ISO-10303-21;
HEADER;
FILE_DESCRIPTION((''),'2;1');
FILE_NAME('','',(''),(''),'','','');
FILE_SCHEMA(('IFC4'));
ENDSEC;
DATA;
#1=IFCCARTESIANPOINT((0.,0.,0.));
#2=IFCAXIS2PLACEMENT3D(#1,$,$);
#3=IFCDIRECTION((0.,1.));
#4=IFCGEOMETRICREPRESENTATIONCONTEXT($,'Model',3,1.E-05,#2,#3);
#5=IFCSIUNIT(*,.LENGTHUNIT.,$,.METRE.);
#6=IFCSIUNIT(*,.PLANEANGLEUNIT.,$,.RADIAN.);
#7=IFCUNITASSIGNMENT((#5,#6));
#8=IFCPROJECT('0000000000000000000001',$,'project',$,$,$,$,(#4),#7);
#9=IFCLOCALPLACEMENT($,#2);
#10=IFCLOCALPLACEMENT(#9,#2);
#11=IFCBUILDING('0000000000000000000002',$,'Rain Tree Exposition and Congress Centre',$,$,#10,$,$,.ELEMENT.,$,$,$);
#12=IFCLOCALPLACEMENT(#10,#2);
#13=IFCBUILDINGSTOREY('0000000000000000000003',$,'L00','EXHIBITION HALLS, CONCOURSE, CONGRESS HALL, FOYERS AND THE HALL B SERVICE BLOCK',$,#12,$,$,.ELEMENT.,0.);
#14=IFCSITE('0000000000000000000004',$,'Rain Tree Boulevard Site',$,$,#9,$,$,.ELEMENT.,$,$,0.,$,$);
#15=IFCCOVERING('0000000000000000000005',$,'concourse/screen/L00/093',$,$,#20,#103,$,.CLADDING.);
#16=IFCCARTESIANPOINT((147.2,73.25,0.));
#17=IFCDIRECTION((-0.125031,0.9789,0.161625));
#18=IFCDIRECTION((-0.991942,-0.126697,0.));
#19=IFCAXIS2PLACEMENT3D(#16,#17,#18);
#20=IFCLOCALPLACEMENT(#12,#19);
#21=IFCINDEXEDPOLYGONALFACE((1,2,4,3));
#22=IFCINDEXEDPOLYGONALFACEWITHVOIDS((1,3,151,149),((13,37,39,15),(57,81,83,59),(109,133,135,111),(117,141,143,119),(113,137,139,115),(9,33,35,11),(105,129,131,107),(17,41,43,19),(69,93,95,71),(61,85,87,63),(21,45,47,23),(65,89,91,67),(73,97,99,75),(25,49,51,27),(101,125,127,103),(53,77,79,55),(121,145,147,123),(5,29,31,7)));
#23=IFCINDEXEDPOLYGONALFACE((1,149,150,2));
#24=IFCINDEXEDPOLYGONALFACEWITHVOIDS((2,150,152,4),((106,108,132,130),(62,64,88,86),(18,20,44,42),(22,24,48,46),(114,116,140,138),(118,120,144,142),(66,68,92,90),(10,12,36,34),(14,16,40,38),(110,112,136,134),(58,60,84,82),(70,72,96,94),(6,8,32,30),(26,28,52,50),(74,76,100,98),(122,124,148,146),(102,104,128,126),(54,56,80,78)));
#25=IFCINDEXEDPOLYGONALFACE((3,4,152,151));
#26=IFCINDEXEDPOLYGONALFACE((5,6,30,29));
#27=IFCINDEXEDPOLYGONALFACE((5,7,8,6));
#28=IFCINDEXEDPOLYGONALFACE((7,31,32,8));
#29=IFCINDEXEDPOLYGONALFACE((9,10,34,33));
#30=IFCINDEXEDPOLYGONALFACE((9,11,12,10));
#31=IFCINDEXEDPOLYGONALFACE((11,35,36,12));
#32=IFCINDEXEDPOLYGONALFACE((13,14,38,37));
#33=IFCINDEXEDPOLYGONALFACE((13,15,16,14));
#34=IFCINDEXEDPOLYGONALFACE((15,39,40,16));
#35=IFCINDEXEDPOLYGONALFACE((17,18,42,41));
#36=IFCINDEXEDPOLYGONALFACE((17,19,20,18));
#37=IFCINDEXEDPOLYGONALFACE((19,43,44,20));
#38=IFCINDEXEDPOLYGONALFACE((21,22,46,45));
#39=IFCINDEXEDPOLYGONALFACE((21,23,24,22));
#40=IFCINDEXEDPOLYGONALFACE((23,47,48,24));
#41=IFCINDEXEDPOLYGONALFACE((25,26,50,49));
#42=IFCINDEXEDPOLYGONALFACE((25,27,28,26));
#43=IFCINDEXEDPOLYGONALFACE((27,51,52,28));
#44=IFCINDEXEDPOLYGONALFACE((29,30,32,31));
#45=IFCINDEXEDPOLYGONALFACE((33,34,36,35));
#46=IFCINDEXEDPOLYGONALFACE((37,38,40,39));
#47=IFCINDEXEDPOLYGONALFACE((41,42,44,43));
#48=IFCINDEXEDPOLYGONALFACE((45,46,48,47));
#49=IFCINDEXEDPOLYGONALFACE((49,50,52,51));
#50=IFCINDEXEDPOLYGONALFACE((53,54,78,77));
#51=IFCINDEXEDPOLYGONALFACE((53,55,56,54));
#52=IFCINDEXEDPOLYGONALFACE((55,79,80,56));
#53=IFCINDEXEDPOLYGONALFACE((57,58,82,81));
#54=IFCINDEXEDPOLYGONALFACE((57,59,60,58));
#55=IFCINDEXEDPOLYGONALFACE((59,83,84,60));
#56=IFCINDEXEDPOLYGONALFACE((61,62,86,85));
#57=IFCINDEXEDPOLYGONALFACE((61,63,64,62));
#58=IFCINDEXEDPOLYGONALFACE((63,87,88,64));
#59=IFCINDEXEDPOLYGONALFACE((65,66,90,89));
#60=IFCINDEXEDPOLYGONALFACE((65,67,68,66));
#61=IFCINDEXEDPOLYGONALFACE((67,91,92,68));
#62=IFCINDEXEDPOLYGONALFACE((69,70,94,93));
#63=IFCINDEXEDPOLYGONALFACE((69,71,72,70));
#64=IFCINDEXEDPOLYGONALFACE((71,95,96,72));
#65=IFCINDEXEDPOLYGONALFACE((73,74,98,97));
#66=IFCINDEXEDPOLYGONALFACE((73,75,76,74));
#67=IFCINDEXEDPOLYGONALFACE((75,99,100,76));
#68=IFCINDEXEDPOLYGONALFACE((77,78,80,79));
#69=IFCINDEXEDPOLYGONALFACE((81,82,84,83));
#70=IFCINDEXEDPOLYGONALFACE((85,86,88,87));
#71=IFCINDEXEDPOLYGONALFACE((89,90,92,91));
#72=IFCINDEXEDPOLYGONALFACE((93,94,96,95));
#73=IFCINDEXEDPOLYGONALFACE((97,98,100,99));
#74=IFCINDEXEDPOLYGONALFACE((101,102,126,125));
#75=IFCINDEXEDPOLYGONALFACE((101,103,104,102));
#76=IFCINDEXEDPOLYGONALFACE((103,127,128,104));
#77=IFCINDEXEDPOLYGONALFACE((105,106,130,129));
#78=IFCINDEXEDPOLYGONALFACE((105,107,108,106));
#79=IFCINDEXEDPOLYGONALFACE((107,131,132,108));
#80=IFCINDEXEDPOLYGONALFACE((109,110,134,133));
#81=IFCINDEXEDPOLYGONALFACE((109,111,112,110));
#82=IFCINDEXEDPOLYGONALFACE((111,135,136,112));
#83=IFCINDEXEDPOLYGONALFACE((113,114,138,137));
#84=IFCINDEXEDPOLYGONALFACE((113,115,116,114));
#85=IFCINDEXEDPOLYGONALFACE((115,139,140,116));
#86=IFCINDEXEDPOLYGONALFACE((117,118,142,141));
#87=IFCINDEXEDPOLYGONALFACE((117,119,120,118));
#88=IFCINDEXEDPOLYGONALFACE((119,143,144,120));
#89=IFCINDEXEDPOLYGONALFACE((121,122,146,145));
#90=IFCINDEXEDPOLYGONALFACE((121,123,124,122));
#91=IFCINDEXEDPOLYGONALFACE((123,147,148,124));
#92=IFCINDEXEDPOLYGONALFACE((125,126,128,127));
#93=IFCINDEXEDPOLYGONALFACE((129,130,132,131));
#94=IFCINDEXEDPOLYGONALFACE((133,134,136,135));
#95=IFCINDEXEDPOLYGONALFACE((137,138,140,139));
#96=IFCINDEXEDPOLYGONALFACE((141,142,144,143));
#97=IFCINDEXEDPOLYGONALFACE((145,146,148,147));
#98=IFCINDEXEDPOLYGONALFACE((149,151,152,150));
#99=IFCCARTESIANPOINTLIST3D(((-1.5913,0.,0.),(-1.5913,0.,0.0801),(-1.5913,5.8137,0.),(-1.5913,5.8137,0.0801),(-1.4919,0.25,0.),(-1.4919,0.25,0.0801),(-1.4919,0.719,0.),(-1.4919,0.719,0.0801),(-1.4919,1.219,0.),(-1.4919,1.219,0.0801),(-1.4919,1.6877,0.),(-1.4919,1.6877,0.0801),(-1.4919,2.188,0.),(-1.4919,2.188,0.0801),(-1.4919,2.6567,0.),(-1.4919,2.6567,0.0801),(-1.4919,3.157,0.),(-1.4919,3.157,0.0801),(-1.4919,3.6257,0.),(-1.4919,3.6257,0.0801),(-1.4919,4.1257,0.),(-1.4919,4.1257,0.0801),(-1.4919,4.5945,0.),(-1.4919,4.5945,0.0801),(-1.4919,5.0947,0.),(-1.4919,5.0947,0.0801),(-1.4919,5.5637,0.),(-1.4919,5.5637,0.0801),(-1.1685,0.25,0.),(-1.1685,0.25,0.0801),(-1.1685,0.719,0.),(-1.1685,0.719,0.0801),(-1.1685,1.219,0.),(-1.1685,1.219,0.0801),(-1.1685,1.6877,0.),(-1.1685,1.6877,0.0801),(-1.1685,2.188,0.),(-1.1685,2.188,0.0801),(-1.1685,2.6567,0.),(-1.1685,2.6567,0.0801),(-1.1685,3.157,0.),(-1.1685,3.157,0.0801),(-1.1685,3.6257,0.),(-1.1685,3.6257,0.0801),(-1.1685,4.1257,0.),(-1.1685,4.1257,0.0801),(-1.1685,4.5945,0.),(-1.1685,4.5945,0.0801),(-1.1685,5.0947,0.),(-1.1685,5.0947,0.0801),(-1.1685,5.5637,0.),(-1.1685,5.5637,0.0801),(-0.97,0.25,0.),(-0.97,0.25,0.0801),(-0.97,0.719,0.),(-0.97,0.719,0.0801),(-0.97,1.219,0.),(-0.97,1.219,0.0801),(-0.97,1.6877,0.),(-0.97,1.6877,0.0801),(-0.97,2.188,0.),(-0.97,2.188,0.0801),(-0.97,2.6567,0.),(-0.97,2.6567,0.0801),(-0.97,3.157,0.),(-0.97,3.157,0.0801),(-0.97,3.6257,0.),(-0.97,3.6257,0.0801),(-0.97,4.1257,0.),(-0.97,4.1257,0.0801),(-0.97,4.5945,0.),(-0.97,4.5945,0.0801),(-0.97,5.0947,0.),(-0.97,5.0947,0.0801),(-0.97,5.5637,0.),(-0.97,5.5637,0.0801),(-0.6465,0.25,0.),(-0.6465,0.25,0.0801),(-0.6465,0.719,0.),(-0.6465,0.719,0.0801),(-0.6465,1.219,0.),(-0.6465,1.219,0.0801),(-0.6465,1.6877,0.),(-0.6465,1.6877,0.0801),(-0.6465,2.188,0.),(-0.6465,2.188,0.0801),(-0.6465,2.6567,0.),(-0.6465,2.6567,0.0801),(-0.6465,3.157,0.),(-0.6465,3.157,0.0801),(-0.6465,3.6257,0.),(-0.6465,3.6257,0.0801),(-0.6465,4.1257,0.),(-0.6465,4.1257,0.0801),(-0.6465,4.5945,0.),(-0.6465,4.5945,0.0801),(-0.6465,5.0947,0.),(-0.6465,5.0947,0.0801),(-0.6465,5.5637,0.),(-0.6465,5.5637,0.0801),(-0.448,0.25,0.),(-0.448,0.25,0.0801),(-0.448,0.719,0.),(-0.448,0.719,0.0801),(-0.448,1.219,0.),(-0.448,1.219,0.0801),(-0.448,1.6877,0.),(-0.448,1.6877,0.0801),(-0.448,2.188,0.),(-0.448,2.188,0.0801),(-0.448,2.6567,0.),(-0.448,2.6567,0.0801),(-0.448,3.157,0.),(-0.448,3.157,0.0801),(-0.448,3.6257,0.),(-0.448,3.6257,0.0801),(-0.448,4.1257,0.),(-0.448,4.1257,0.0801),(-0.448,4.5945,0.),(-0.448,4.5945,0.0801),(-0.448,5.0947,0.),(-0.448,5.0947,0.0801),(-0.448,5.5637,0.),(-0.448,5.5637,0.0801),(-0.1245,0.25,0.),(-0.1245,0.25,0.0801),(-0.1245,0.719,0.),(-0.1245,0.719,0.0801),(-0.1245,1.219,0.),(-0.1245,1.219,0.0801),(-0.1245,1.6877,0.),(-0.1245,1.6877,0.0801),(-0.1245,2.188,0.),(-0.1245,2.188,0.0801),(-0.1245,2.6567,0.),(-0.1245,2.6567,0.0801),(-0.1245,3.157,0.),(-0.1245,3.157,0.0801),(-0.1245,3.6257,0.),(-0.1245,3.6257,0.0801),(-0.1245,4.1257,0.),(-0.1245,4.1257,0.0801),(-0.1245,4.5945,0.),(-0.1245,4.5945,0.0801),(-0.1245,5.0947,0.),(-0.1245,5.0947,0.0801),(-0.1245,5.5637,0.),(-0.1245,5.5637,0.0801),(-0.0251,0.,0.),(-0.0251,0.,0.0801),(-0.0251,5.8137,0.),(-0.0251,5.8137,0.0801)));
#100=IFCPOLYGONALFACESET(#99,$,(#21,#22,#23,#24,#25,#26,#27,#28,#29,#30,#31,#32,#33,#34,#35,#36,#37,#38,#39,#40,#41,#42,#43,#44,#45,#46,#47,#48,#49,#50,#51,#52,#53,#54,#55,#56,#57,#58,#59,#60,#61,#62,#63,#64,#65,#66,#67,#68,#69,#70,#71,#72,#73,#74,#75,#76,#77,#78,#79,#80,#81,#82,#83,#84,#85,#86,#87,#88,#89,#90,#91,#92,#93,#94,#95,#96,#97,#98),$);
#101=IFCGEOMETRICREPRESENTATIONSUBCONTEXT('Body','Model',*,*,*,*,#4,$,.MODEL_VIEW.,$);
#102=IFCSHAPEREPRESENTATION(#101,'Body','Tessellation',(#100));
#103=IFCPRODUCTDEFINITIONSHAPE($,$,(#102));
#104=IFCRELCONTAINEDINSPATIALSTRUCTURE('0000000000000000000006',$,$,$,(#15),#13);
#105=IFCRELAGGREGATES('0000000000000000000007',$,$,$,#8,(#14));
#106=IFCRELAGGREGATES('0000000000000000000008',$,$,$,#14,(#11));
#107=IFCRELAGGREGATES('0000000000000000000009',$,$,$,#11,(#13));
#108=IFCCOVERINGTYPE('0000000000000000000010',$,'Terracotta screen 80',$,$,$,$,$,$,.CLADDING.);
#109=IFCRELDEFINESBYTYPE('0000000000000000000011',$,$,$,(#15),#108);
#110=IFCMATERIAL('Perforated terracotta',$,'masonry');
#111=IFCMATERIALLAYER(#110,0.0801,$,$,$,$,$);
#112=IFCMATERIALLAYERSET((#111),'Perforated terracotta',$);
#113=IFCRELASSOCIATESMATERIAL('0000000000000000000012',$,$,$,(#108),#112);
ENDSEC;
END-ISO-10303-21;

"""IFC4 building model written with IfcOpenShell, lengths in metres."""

from ifc_helpers import new_model, si_unit, direction, frame, origin, place, context, subcontext, project, spatial, polyline, outline, extrude, material, layer, layer_set, type_object, element, save


model = new_model("IFC4")

# Units and contexts
model_context = context("Model", 3, precision=1e-05, world=origin(), true_north=direction((0.0, 1.0)))
body_context = subcontext(model_context, "Body", "Model", "MODEL_VIEW")
ifc_project = project(units=[si_unit("LENGTHUNIT", "METRE"), si_unit("PLANEANGLEUNIT", "RADIAN")], contexts=[model_context])

# Site, building, storey
site_placement = place(None, origin())
site = spatial("IfcSite", under=ifc_project, at=site_placement, Name="Rain Tree Boulevard Site", CompositionType="ELEMENT", RefElevation=0.0)
building_placement = place(site_placement, origin())
building = spatial("IfcBuilding", under=site, at=building_placement, Name="Rain Tree Exposition and Congress Centre", CompositionType="ELEMENT")
storey_placement = place(building_placement, origin())
storey = spatial("IfcBuildingStorey", under=building, at=storey_placement, Name="L00", Description="EXHIBITION HALLS, CONCOURSE, CONGRESS HALL, FOYERS AND THE HALL B SERVICE BLOCK", CompositionType="ELEMENT", Elevation=0.0)

# Covering
ifc_material_1 = material(Name="Perforated terracotta", Category="masonry")
ifc_layer_1 = layer(ifc_material_1, 0.0801)
ifc_layer_set_1 = layer_set([ifc_layer_1], Name="Perforated terracotta")
covering_type = type_object("IfcCoveringType", Name="Terracotta screen 80", PredefinedType="CLADDING", material=ifc_layer_set_1)
covering_1_placement = place(storey_placement, frame((147.2, 73.25, 0.0), z_axis=(-0.125031, 0.9789, 0.161625), x_axis=(-0.991942, -0.126697, 0.0)))
element("IfcCovering", 1, at=covering_1_placement, inside=storey, type_object=covering_type, Name="concourse/screen/L00/093", PredefinedType="CLADDING", context=body_context, shape_type="SweptSolid", body=[
    extrude(outline(polyline([(-0.0251, 0.0), (-1.5913, 0.0), (-1.5913, 5.8137), (-0.0251, 5.8137), (-0.0251, 0.0)]), holes=[polyline([(-0.1245, 0.25), (-0.1245, 0.719), (-0.448, 0.719), (-0.448, 0.25), (-0.1245, 0.25)]), polyline([(-0.1245, 1.219), (-0.1245, 1.6877), (-0.448, 1.6877), (-0.448, 1.219), (-0.1245, 1.219)]), polyline([(-0.1245, 2.188), (-0.1245, 2.6567), (-0.448, 2.6567), (-0.448, 2.188), (-0.1245, 2.188)]), polyline([(-0.1245, 3.157), (-0.1245, 3.6257), (-0.448, 3.6257), (-0.448, 3.157), (-0.1245, 3.157)]), polyline([(-0.1245, 4.1257), (-0.1245, 4.5945), (-0.448, 4.5945), (-0.448, 4.1257), (-0.1245, 4.1257)]), polyline([(-0.1245, 5.0947), (-0.1245, 5.5637), (-0.448, 5.5637), (-0.448, 5.0947), (-0.1245, 5.0947)]), polyline([(-0.6465, 0.25), (-0.6465, 0.719), (-0.97, 0.719), (-0.97, 0.25), (-0.6465, 0.25)]), polyline([(-0.6465, 1.219), (-0.6465, 1.6877), (-0.97, 1.6877), (-0.97, 1.219), (-0.6465, 1.219)]), polyline([(-0.6465, 2.188), (-0.6465, 2.6567), (-0.97, 2.6567), (-0.97, 2.188), (-0.6465, 2.188)]), polyline([(-0.6465, 3.157), (-0.6465, 3.6257), (-0.97, 3.6257), (-0.97, 3.157), (-0.6465, 3.157)]), polyline([(-0.6465, 4.1257), (-0.6465, 4.5945), (-0.97, 4.5945), (-0.97, 4.1257), (-0.6465, 4.1257)]), polyline([(-0.6465, 5.0947), (-0.6465, 5.5637), (-0.97, 5.5637), (-0.97, 5.0947), (-0.6465, 5.0947)]), polyline([(-1.1685, 0.25), (-1.1685, 0.719), (-1.4919, 0.719), (-1.4919, 0.25), (-1.1685, 0.25)]), polyline([(-1.1685, 1.219), (-1.1685, 1.6877), (-1.4919, 1.6877), (-1.4919, 1.219), (-1.1685, 1.219)]), polyline([(-1.1685, 2.188), (-1.1685, 2.6567), (-1.4919, 2.6567), (-1.4919, 2.188), (-1.1685, 2.188)]), polyline([(-1.1685, 3.157), (-1.1685, 3.6257), (-1.4919, 3.6257), (-1.4919, 3.157), (-1.1685, 3.157)]), polyline([(-1.1685, 4.1257), (-1.1685, 4.5945), (-1.4919, 4.5945), (-1.4919, 4.1257), (-1.1685, 4.1257)]), polyline([(-1.1685, 5.0947), (-1.1685, 5.5637), (-1.4919, 5.5637), (-1.4919, 5.0947), (-1.1685, 5.0947)])]), origin(), (0.0, 0.0, 1.0), 0.0801),
])

save(model, "model.ifc")
